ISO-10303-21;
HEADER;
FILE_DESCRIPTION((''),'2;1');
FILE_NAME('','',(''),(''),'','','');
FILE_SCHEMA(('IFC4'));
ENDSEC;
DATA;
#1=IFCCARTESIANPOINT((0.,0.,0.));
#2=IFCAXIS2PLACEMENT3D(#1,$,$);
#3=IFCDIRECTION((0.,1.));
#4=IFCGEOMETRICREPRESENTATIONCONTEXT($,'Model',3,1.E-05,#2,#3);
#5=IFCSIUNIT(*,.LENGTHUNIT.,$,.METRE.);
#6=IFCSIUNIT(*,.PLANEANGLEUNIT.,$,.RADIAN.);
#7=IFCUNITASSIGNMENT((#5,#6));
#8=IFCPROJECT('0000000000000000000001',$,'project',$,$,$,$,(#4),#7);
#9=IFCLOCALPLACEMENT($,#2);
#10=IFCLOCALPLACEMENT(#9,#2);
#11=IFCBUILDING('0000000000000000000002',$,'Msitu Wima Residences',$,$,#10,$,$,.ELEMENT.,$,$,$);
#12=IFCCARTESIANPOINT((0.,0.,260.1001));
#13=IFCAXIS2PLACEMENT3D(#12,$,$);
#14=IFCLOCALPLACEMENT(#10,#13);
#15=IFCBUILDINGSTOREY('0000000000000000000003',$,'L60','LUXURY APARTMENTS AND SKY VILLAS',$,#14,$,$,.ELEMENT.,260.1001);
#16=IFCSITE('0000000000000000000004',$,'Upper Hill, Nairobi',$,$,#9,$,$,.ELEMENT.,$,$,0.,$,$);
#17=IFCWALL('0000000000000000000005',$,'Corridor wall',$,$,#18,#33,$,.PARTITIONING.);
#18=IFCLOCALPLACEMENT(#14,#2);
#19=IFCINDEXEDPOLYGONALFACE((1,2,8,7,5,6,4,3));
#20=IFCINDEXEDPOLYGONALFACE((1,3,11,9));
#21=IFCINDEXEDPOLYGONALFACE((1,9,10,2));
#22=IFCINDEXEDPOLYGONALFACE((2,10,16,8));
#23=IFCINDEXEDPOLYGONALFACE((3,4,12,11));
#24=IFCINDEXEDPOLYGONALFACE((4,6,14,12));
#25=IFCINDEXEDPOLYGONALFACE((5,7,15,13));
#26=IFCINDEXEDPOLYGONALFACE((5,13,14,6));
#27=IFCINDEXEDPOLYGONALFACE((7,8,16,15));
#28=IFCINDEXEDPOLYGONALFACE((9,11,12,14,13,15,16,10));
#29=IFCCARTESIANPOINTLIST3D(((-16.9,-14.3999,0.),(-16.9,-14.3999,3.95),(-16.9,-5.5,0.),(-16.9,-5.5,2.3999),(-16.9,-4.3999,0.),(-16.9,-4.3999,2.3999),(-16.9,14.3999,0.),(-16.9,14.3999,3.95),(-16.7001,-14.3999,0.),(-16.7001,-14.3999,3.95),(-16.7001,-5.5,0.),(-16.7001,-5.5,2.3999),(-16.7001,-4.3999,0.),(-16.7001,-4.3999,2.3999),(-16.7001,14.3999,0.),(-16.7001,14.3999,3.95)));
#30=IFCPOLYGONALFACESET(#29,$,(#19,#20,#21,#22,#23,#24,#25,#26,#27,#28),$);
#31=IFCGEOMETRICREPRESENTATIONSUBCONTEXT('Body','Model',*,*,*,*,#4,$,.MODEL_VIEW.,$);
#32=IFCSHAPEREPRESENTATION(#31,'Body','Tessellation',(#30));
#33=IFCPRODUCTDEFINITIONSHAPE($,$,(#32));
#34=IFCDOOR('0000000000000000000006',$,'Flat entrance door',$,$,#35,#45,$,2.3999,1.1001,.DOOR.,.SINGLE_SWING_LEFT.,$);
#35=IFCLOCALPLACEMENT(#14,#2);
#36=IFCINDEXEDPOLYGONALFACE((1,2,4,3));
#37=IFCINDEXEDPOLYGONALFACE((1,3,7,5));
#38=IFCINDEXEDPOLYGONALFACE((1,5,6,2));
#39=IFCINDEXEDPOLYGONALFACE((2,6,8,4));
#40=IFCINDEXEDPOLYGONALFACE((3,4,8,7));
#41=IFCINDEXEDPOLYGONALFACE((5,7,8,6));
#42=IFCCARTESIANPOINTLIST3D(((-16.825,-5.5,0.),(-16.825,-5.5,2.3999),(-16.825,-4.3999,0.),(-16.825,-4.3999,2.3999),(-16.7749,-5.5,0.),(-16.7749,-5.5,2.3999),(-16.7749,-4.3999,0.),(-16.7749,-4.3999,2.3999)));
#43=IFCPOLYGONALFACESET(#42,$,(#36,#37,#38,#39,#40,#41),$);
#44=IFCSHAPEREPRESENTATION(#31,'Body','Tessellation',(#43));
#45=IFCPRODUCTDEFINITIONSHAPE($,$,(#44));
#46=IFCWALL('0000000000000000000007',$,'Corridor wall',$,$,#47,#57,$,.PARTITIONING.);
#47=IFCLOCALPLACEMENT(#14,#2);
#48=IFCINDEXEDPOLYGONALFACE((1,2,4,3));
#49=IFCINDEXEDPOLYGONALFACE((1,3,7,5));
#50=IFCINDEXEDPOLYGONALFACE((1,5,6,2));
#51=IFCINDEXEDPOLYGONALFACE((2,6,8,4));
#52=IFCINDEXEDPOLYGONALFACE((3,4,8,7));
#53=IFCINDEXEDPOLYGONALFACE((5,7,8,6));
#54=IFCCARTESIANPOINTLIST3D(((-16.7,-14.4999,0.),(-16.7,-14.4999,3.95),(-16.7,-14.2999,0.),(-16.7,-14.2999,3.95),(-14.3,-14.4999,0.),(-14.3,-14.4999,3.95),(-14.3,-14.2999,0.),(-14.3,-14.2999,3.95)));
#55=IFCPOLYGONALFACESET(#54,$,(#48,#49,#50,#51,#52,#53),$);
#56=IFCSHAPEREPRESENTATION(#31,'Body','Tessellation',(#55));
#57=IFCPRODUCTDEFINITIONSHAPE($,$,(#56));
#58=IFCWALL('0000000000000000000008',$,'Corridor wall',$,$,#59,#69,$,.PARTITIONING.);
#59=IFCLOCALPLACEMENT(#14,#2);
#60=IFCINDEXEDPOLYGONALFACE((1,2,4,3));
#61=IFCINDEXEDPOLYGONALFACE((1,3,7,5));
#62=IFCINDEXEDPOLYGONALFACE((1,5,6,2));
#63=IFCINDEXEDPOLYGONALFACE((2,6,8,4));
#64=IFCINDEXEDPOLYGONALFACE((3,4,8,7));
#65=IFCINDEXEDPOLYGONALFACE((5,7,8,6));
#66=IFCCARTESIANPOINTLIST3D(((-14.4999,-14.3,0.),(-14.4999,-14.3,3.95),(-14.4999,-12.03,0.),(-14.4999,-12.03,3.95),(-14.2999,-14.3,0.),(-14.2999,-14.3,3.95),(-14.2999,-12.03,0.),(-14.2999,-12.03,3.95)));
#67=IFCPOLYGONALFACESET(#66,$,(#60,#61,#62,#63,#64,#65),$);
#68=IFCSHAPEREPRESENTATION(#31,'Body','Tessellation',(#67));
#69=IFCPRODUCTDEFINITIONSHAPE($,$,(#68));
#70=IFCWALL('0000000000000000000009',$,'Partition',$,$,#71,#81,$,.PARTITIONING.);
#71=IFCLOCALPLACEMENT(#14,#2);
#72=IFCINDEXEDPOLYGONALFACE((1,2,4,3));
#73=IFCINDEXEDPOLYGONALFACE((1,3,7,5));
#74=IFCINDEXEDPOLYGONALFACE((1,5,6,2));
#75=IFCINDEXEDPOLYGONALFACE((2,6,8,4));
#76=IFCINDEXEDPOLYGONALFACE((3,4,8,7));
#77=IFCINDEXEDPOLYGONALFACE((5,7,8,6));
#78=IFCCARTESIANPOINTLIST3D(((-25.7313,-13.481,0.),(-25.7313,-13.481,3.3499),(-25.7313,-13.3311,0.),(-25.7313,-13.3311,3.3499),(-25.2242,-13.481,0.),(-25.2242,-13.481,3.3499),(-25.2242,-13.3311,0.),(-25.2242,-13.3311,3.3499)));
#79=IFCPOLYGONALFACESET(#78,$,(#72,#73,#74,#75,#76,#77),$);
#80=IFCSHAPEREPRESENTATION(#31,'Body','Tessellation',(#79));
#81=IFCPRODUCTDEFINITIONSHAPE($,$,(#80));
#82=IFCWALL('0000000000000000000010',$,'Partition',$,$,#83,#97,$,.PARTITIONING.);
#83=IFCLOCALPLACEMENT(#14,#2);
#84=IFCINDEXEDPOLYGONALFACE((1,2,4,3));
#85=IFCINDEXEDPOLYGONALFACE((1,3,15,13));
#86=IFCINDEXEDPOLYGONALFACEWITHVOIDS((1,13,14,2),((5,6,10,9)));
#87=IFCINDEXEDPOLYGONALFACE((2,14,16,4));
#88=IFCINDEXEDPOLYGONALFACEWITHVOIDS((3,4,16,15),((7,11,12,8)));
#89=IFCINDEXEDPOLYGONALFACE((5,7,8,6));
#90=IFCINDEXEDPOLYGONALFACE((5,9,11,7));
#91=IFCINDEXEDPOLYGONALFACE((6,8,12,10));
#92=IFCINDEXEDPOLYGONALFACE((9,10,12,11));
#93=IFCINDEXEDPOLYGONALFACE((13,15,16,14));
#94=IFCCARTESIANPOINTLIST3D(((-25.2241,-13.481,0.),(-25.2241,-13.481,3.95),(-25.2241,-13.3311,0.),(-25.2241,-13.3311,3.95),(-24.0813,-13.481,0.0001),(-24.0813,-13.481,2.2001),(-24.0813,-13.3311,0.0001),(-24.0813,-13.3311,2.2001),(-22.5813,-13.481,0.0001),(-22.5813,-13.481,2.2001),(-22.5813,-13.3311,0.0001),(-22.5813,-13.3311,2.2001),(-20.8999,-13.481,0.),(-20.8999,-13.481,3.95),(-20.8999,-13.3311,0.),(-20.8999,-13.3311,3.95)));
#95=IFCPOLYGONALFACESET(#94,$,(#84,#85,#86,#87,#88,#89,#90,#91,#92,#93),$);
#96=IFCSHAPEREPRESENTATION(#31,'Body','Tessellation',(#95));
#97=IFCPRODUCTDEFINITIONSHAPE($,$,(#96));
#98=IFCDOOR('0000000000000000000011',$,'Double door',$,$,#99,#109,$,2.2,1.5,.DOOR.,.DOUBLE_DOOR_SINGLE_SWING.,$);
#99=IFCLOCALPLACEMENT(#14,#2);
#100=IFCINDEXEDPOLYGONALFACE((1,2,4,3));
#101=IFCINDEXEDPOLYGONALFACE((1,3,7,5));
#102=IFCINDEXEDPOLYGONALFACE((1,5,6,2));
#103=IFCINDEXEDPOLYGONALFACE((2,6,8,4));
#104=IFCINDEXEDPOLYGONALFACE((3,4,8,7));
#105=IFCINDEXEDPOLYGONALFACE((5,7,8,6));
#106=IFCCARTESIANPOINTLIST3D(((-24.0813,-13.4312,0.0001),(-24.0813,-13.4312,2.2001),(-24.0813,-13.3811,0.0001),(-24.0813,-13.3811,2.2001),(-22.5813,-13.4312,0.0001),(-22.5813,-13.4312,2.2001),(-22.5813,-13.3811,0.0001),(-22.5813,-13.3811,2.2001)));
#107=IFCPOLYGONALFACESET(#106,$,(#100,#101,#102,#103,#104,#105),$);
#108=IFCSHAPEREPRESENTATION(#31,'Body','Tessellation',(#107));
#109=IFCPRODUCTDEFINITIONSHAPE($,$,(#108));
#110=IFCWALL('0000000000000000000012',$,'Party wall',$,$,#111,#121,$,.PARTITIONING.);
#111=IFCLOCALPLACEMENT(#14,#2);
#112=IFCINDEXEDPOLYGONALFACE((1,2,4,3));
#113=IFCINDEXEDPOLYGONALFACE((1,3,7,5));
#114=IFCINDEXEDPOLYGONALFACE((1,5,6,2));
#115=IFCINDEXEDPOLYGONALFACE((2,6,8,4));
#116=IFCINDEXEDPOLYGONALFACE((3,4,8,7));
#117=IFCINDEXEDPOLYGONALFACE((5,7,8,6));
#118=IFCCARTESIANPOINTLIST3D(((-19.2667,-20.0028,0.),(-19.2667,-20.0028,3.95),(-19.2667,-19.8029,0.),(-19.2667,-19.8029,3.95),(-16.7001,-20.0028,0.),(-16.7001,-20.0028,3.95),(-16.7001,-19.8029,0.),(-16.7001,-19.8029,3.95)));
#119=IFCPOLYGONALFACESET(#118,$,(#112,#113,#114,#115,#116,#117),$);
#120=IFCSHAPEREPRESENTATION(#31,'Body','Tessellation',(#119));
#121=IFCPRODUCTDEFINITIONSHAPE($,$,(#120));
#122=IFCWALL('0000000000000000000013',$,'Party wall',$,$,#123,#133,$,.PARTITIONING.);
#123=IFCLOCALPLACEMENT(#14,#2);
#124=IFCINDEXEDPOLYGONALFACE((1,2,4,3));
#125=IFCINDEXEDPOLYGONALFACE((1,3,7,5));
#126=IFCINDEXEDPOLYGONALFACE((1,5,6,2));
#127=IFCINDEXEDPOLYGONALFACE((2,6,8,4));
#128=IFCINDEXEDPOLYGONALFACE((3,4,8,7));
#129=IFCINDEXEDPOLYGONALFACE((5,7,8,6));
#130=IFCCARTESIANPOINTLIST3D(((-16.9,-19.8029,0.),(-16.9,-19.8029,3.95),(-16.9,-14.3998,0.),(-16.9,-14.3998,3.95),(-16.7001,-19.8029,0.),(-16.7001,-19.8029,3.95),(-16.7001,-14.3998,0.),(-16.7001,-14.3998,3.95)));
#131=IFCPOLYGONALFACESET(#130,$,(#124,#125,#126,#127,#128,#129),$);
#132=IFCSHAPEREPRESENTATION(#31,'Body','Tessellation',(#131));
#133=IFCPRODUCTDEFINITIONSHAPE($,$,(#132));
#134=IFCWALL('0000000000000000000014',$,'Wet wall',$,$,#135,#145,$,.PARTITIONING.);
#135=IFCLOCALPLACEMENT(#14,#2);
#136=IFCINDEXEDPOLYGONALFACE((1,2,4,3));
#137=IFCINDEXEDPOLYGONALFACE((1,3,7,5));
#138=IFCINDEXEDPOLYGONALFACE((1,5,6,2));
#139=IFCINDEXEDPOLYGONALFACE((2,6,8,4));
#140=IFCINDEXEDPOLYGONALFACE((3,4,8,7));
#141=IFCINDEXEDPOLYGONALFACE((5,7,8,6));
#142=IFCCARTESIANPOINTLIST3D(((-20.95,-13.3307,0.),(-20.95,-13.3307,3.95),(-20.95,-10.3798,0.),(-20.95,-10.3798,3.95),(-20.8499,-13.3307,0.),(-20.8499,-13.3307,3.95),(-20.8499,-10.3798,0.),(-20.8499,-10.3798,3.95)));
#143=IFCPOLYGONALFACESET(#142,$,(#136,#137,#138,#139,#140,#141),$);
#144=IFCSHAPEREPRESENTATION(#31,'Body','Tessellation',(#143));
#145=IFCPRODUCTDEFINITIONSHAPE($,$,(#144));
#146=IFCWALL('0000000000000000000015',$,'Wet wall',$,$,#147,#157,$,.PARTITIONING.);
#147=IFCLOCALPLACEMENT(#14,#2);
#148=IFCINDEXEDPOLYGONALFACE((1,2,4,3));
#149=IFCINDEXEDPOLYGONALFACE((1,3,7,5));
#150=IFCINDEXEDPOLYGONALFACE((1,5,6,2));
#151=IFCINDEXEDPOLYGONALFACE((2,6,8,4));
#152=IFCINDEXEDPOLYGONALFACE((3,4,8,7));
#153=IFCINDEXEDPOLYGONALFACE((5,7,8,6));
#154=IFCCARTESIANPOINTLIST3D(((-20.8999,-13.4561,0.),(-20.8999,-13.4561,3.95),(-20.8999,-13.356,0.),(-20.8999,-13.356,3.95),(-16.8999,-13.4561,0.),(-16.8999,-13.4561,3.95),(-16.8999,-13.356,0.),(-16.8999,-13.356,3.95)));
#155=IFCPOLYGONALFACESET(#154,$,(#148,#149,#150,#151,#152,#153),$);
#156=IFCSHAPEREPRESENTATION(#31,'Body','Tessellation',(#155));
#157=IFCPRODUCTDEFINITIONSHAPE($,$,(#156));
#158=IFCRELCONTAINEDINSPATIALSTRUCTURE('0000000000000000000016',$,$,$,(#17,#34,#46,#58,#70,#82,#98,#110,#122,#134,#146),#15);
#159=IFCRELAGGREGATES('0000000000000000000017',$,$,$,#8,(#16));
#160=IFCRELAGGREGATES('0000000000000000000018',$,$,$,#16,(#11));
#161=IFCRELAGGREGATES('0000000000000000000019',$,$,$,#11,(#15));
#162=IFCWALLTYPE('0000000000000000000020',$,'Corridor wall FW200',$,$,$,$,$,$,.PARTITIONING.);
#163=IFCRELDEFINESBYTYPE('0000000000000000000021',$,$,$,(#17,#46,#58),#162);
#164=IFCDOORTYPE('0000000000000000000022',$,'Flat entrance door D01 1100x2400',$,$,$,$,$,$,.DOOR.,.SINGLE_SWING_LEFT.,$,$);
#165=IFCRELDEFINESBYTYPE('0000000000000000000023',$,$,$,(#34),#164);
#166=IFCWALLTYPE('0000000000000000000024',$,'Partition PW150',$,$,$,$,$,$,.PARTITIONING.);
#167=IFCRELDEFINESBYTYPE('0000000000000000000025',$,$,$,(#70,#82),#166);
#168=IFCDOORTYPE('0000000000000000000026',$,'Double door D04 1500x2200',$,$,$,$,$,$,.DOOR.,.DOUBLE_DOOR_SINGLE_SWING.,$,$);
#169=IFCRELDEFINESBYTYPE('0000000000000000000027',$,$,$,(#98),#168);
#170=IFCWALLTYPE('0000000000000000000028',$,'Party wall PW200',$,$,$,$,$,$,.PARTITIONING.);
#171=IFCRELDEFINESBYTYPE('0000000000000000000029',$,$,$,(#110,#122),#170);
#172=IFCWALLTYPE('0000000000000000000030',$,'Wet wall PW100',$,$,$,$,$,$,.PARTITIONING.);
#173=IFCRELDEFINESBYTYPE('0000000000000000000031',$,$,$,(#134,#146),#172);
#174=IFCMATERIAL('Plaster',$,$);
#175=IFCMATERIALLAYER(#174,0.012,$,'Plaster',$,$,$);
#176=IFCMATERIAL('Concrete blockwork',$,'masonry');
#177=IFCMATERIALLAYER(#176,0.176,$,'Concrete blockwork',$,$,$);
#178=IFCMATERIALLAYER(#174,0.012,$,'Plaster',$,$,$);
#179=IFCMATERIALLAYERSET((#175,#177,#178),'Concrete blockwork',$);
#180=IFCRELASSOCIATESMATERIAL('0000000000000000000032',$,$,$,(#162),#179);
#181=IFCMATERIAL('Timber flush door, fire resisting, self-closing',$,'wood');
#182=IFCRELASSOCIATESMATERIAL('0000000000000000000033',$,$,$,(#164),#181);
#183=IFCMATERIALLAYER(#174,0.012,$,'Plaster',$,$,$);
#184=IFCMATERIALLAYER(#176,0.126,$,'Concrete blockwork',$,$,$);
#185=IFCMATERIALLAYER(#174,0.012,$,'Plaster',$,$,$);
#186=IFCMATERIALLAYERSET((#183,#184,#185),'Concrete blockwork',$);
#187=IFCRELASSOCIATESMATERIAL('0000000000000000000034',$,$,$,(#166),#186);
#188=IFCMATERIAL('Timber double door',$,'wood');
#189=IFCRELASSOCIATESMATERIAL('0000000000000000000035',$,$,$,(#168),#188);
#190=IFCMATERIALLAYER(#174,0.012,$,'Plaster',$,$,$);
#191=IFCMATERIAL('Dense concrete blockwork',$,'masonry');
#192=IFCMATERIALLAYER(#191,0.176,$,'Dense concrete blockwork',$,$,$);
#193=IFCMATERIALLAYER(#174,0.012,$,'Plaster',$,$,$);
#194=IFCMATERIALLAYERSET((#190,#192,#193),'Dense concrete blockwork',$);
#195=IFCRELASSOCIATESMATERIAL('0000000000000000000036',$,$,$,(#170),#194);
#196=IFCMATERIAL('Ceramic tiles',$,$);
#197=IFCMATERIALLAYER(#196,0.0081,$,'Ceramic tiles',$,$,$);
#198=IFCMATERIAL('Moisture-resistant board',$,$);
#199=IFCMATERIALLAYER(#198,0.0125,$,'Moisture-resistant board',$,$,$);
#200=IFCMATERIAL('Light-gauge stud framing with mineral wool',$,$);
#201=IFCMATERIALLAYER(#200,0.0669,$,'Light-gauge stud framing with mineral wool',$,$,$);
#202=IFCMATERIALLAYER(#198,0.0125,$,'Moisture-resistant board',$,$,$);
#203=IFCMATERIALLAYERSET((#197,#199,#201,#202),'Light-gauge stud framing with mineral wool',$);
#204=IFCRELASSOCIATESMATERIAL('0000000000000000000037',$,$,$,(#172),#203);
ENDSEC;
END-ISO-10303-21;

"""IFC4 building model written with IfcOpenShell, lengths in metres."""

from ifc_helpers import new_model, si_unit, direction, frame, frame_2d, origin, place, context, subcontext, project, spatial, rectangle, extrude, material, layer, layer_set, type_object, element, fill, save


model = new_model("IFC4")

# Units and contexts
model_context = context("Model", 3, precision=1e-05, world=origin(), true_north=direction((0.0, 1.0)))
body_context = subcontext(model_context, "Body", "Model", "MODEL_VIEW")
ifc_project = project(units=[si_unit("LENGTHUNIT", "METRE"), si_unit("PLANEANGLEUNIT", "RADIAN")], contexts=[model_context])

# Site, building, storey
site_placement = place(None, origin())
site = spatial("IfcSite", under=ifc_project, at=site_placement, Name="Upper Hill, Nairobi", CompositionType="ELEMENT", RefElevation=0.0)
building_placement = place(site_placement, origin())
building = spatial("IfcBuilding", under=site, at=building_placement, Name="Msitu Wima Residences", CompositionType="ELEMENT")
storey_placement = place(building_placement, frame((0.0, 0.0, 260.1001)))
storey = spatial("IfcBuildingStorey", under=building, at=storey_placement, Name="L60", Description="LUXURY APARTMENTS AND SKY VILLAS", CompositionType="ELEMENT", Elevation=260.1001)

# Wall, opening, door
ifc_material_1 = material(Name="Plaster")
ifc_layer_1 = layer(ifc_material_1, 0.012, Name="Plaster")
ifc_material_2 = material(Name="Concrete blockwork", Category="masonry")
ifc_layer_2 = layer(ifc_material_2, 0.176, Name="Concrete blockwork")
ifc_layer_3 = layer(ifc_material_1, 0.012, Name="Plaster")
ifc_layer_set_1 = layer_set([ifc_layer_1, ifc_layer_2, ifc_layer_3], Name="Concrete blockwork")
wall_type_1 = type_object("IfcWallType", Name="Corridor wall FW200", PredefinedType="PARTITIONING", material=ifc_layer_set_1)
wall_1_placement = place(storey_placement, frame((-16.8, -14.3999, 0.0), z_axis=(0.0, 0.0, 1.0), x_axis=(0.0, 1.0, 0.0)))
wall_1 = element("IfcWall", 1, at=wall_1_placement, inside=storey, type_object=wall_type_1, Name="Corridor wall", PredefinedType="PARTITIONING", context=body_context, shape_type="SweptSolid", body=[
    extrude(rectangle(XDim=28.7998, YDim=0.2, at=frame_2d((14.3999, 0.0))), origin(), (0.0, 0.0, 1.0), 3.95),
])
opening_1_placement = place(wall_1_placement, frame((8.8999, 0.0, 0.0)))
opening_1 = element("IfcOpeningElement", 2, at=opening_1_placement, cuts=wall_1, PredefinedType="OPENING", context=body_context, shape_type="SweptSolid", body=[
    extrude(rectangle(XDim=1.1001, YDim=2.3999, at=frame_2d((0.55, 1.2))), frame((0.0, 0.1099, 0.0), z_axis=(0.0, -1.0, 0.0), x_axis=(1.0, 0.0, 0.0)), (0.0, 0.0, 1.0), 0.22),
])
ifc_material_3 = material(Name="Timber flush door, fire resisting, self-closing", Category="wood")
door_type_1 = type_object("IfcDoorType", Name="Flat entrance door D01 1100x2400", OperationType="SINGLE_SWING_LEFT", PredefinedType="DOOR", material=ifc_material_3)
door_1_placement = place(opening_1_placement, origin())
door_1 = element("IfcDoor", 3, at=door_1_placement, inside=storey, type_object=door_type_1, Name="Flat entrance door", OperationType="SINGLE_SWING_LEFT", OverallHeight=2.3999, OverallWidth=1.1001, PredefinedType="DOOR", context=body_context, shape_type="SweptSolid", body=[
    extrude(rectangle(XDim=1.1001, YDim=2.3999, at=frame_2d((0.55, 1.2))), frame((0.0, 0.0249, 0.0), z_axis=(0.0, -1.0, 0.0), x_axis=(1.0, 0.0, 0.0)), (0.0, 0.0, 1.0), 0.05),
])
fill(opening_1, door_1)

# Walls
wall_2_placement = place(storey_placement, frame((-16.7, -14.3999, 0.0), z_axis=(0.0, 0.0, 1.0), x_axis=(1.0, 0.0, 0.0)))
element("IfcWall", 4, at=wall_2_placement, inside=storey, type_object=wall_type_1, Name="Corridor wall", PredefinedType="PARTITIONING", context=body_context, shape_type="SweptSolid", body=[
    extrude(rectangle(XDim=2.3999, YDim=0.2, at=frame_2d((1.2, 0.0))), origin(), (0.0, 0.0, 1.0), 3.95),
])
wall_3_placement = place(storey_placement, frame((-14.3999, -14.3, 0.0), z_axis=(0.0, 0.0, 1.0), x_axis=(0.0, 1.0, 0.0)))
element("IfcWall", 5, at=wall_3_placement, inside=storey, type_object=wall_type_1, Name="Corridor wall", PredefinedType="PARTITIONING", context=body_context, shape_type="SweptSolid", body=[
    extrude(rectangle(XDim=2.27, YDim=0.2, at=frame_2d((1.135, 0.0))), origin(), (0.0, 0.0, 1.0), 3.95),
])
ifc_layer_4 = layer(ifc_material_1, 0.012, Name="Plaster")
ifc_layer_5 = layer(ifc_material_2, 0.126, Name="Concrete blockwork")
ifc_layer_6 = layer(ifc_material_1, 0.012, Name="Plaster")
ifc_layer_set_2 = layer_set([ifc_layer_4, ifc_layer_5, ifc_layer_6], Name="Concrete blockwork")
wall_type_2 = type_object("IfcWallType", Name="Partition PW150", PredefinedType="PARTITIONING", material=ifc_layer_set_2)
wall_4_placement = place(storey_placement, frame((-25.7312, -13.406, 0.0), z_axis=(0.0, 0.0, 1.0), x_axis=(1.0, 0.0, 0.0)))
element("IfcWall", 6, at=wall_4_placement, inside=storey, type_object=wall_type_2, Name="Partition", PredefinedType="PARTITIONING", context=body_context, shape_type="SweptSolid", body=[
    extrude(rectangle(XDim=0.5071, YDim=0.1499, at=frame_2d((0.2534, 0.0))), origin(), (0.0, 0.0, 1.0), 3.3499),
])

# Wall, opening, door
wall_5_placement = place(storey_placement, frame((-25.2241, -13.406, 0.0), z_axis=(0.0, 0.0, 1.0), x_axis=(1.0, 0.0, 0.0)))
wall_5 = element("IfcWall", 7, at=wall_5_placement, inside=storey, type_object=wall_type_2, Name="Partition", PredefinedType="PARTITIONING", context=body_context, shape_type="SweptSolid", body=[
    extrude(rectangle(XDim=4.3242, YDim=0.1499, at=frame_2d((2.1621, 0.0))), origin(), (0.0, 0.0, 1.0), 3.95),
])
opening_2_placement = place(wall_5_placement, frame((1.1428, 0.0, 0.0)))
opening_2 = element("IfcOpeningElement", 8, at=opening_2_placement, cuts=wall_5, PredefinedType="OPENING", context=body_context, shape_type="SweptSolid", body=[
    extrude(rectangle(XDim=1.5, YDim=2.2, at=frame_2d((0.75, 1.1001))), frame((0.0, 0.085, 0.0), z_axis=(0.0, -1.0, 0.0), x_axis=(1.0, 0.0, 0.0)), (0.0, 0.0, 1.0), 0.1699),
])
ifc_material_4 = material(Name="Timber double door", Category="wood")
door_type_2 = type_object("IfcDoorType", Name="Double door D04 1500x2200", OperationType="DOUBLE_DOOR_SINGLE_SWING", PredefinedType="DOOR", material=ifc_material_4)
door_2_placement = place(opening_2_placement, origin())
door_2 = element("IfcDoor", 9, at=door_2_placement, inside=storey, type_object=door_type_2, Name="Double door", OperationType="DOUBLE_DOOR_SINGLE_SWING", OverallHeight=2.2, OverallWidth=1.5, PredefinedType="DOOR", context=body_context, shape_type="SweptSolid", body=[
    extrude(rectangle(XDim=1.5, YDim=2.2, at=frame_2d((0.75, 1.1001))), frame((0.0, 0.0249, 0.0), z_axis=(0.0, -1.0, 0.0), x_axis=(1.0, 0.0, 0.0)), (0.0, 0.0, 1.0), 0.05),
])
fill(opening_2, door_2)

# Walls
ifc_layer_7 = layer(ifc_material_1, 0.012, Name="Plaster")
ifc_material_5 = material(Name="Dense concrete blockwork", Category="masonry")
ifc_layer_8 = layer(ifc_material_5, 0.176, Name="Dense concrete blockwork")
ifc_layer_9 = layer(ifc_material_1, 0.012, Name="Plaster")
ifc_layer_set_3 = layer_set([ifc_layer_7, ifc_layer_8, ifc_layer_9], Name="Dense concrete blockwork")
wall_type_3 = type_object("IfcWallType", Name="Party wall PW200", PredefinedType="PARTITIONING", material=ifc_layer_set_3)
wall_6_placement = place(storey_placement, frame((-19.2666, -19.9028, 0.0), z_axis=(0.0, 0.0, 1.0), x_axis=(1.0, 0.0, 0.0)))
element("IfcWall", 10, at=wall_6_placement, inside=storey, type_object=wall_type_3, Name="Party wall", PredefinedType="PARTITIONING", context=body_context, shape_type="SweptSolid", body=[
    extrude(rectangle(XDim=2.5667, YDim=0.2, at=frame_2d((1.2832, 0.0))), origin(), (0.0, 0.0, 1.0), 3.95),
])
wall_7_placement = place(storey_placement, frame((-16.8, -19.803, 0.0), z_axis=(0.0, 0.0, 1.0), x_axis=(0.0, 1.0, 0.0)))
element("IfcWall", 11, at=wall_7_placement, inside=storey, type_object=wall_type_3, Name="Party wall", PredefinedType="PARTITIONING", context=body_context, shape_type="SweptSolid", body=[
    extrude(rectangle(XDim=5.4031, YDim=0.2, at=frame_2d((2.7017, 0.0))), origin(), (0.0, 0.0, 1.0), 3.95),
])
ifc_material_6 = material(Name="Ceramic tiles")
ifc_layer_10 = layer(ifc_material_6, 0.0081, Name="Ceramic tiles")
ifc_material_7 = material(Name="Moisture-resistant board")
ifc_layer_11 = layer(ifc_material_7, 0.0125, Name="Moisture-resistant board")
ifc_material_8 = material(Name="Light-gauge stud framing with mineral wool")
ifc_layer_12 = layer(ifc_material_8, 0.0669, Name="Light-gauge stud framing with mineral wool")
ifc_layer_13 = layer(ifc_material_7, 0.0125, Name="Moisture-resistant board")
ifc_layer_set_4 = layer_set([ifc_layer_10, ifc_layer_11, ifc_layer_12, ifc_layer_13], Name="Light-gauge stud framing with mineral wool")
wall_type_4 = type_object("IfcWallType", Name="Wet wall PW100", PredefinedType="PARTITIONING", material=ifc_layer_set_4)
wall_8_placement = place(storey_placement, frame((-20.8999, -13.3308, 0.0), z_axis=(0.0, 0.0, 1.0), x_axis=(0.0, 1.0, 0.0)))
element("IfcWall", 12, at=wall_8_placement, inside=storey, type_object=wall_type_4, Name="Wet wall", PredefinedType="PARTITIONING", context=body_context, shape_type="SweptSolid", body=[
    extrude(rectangle(XDim=2.9509, YDim=0.1001, at=frame_2d((1.4756, 0.0))), origin(), (0.0, 0.0, 1.0), 3.95),
])
wall_9_placement = place(storey_placement, frame((-20.8999, -13.406, 0.0), z_axis=(0.0, 0.0, 1.0), x_axis=(1.0, 0.0, 0.0)))
element("IfcWall", 13, at=wall_9_placement, inside=storey, type_object=wall_type_4, Name="Wet wall", PredefinedType="PARTITIONING", context=body_context, shape_type="SweptSolid", body=[
    extrude(rectangle(XDim=4.0, YDim=0.1001, at=frame_2d((2.0, 0.0))), origin(), (0.0, 0.0, 1.0), 3.95),
])

save(model, "model.ifc")
